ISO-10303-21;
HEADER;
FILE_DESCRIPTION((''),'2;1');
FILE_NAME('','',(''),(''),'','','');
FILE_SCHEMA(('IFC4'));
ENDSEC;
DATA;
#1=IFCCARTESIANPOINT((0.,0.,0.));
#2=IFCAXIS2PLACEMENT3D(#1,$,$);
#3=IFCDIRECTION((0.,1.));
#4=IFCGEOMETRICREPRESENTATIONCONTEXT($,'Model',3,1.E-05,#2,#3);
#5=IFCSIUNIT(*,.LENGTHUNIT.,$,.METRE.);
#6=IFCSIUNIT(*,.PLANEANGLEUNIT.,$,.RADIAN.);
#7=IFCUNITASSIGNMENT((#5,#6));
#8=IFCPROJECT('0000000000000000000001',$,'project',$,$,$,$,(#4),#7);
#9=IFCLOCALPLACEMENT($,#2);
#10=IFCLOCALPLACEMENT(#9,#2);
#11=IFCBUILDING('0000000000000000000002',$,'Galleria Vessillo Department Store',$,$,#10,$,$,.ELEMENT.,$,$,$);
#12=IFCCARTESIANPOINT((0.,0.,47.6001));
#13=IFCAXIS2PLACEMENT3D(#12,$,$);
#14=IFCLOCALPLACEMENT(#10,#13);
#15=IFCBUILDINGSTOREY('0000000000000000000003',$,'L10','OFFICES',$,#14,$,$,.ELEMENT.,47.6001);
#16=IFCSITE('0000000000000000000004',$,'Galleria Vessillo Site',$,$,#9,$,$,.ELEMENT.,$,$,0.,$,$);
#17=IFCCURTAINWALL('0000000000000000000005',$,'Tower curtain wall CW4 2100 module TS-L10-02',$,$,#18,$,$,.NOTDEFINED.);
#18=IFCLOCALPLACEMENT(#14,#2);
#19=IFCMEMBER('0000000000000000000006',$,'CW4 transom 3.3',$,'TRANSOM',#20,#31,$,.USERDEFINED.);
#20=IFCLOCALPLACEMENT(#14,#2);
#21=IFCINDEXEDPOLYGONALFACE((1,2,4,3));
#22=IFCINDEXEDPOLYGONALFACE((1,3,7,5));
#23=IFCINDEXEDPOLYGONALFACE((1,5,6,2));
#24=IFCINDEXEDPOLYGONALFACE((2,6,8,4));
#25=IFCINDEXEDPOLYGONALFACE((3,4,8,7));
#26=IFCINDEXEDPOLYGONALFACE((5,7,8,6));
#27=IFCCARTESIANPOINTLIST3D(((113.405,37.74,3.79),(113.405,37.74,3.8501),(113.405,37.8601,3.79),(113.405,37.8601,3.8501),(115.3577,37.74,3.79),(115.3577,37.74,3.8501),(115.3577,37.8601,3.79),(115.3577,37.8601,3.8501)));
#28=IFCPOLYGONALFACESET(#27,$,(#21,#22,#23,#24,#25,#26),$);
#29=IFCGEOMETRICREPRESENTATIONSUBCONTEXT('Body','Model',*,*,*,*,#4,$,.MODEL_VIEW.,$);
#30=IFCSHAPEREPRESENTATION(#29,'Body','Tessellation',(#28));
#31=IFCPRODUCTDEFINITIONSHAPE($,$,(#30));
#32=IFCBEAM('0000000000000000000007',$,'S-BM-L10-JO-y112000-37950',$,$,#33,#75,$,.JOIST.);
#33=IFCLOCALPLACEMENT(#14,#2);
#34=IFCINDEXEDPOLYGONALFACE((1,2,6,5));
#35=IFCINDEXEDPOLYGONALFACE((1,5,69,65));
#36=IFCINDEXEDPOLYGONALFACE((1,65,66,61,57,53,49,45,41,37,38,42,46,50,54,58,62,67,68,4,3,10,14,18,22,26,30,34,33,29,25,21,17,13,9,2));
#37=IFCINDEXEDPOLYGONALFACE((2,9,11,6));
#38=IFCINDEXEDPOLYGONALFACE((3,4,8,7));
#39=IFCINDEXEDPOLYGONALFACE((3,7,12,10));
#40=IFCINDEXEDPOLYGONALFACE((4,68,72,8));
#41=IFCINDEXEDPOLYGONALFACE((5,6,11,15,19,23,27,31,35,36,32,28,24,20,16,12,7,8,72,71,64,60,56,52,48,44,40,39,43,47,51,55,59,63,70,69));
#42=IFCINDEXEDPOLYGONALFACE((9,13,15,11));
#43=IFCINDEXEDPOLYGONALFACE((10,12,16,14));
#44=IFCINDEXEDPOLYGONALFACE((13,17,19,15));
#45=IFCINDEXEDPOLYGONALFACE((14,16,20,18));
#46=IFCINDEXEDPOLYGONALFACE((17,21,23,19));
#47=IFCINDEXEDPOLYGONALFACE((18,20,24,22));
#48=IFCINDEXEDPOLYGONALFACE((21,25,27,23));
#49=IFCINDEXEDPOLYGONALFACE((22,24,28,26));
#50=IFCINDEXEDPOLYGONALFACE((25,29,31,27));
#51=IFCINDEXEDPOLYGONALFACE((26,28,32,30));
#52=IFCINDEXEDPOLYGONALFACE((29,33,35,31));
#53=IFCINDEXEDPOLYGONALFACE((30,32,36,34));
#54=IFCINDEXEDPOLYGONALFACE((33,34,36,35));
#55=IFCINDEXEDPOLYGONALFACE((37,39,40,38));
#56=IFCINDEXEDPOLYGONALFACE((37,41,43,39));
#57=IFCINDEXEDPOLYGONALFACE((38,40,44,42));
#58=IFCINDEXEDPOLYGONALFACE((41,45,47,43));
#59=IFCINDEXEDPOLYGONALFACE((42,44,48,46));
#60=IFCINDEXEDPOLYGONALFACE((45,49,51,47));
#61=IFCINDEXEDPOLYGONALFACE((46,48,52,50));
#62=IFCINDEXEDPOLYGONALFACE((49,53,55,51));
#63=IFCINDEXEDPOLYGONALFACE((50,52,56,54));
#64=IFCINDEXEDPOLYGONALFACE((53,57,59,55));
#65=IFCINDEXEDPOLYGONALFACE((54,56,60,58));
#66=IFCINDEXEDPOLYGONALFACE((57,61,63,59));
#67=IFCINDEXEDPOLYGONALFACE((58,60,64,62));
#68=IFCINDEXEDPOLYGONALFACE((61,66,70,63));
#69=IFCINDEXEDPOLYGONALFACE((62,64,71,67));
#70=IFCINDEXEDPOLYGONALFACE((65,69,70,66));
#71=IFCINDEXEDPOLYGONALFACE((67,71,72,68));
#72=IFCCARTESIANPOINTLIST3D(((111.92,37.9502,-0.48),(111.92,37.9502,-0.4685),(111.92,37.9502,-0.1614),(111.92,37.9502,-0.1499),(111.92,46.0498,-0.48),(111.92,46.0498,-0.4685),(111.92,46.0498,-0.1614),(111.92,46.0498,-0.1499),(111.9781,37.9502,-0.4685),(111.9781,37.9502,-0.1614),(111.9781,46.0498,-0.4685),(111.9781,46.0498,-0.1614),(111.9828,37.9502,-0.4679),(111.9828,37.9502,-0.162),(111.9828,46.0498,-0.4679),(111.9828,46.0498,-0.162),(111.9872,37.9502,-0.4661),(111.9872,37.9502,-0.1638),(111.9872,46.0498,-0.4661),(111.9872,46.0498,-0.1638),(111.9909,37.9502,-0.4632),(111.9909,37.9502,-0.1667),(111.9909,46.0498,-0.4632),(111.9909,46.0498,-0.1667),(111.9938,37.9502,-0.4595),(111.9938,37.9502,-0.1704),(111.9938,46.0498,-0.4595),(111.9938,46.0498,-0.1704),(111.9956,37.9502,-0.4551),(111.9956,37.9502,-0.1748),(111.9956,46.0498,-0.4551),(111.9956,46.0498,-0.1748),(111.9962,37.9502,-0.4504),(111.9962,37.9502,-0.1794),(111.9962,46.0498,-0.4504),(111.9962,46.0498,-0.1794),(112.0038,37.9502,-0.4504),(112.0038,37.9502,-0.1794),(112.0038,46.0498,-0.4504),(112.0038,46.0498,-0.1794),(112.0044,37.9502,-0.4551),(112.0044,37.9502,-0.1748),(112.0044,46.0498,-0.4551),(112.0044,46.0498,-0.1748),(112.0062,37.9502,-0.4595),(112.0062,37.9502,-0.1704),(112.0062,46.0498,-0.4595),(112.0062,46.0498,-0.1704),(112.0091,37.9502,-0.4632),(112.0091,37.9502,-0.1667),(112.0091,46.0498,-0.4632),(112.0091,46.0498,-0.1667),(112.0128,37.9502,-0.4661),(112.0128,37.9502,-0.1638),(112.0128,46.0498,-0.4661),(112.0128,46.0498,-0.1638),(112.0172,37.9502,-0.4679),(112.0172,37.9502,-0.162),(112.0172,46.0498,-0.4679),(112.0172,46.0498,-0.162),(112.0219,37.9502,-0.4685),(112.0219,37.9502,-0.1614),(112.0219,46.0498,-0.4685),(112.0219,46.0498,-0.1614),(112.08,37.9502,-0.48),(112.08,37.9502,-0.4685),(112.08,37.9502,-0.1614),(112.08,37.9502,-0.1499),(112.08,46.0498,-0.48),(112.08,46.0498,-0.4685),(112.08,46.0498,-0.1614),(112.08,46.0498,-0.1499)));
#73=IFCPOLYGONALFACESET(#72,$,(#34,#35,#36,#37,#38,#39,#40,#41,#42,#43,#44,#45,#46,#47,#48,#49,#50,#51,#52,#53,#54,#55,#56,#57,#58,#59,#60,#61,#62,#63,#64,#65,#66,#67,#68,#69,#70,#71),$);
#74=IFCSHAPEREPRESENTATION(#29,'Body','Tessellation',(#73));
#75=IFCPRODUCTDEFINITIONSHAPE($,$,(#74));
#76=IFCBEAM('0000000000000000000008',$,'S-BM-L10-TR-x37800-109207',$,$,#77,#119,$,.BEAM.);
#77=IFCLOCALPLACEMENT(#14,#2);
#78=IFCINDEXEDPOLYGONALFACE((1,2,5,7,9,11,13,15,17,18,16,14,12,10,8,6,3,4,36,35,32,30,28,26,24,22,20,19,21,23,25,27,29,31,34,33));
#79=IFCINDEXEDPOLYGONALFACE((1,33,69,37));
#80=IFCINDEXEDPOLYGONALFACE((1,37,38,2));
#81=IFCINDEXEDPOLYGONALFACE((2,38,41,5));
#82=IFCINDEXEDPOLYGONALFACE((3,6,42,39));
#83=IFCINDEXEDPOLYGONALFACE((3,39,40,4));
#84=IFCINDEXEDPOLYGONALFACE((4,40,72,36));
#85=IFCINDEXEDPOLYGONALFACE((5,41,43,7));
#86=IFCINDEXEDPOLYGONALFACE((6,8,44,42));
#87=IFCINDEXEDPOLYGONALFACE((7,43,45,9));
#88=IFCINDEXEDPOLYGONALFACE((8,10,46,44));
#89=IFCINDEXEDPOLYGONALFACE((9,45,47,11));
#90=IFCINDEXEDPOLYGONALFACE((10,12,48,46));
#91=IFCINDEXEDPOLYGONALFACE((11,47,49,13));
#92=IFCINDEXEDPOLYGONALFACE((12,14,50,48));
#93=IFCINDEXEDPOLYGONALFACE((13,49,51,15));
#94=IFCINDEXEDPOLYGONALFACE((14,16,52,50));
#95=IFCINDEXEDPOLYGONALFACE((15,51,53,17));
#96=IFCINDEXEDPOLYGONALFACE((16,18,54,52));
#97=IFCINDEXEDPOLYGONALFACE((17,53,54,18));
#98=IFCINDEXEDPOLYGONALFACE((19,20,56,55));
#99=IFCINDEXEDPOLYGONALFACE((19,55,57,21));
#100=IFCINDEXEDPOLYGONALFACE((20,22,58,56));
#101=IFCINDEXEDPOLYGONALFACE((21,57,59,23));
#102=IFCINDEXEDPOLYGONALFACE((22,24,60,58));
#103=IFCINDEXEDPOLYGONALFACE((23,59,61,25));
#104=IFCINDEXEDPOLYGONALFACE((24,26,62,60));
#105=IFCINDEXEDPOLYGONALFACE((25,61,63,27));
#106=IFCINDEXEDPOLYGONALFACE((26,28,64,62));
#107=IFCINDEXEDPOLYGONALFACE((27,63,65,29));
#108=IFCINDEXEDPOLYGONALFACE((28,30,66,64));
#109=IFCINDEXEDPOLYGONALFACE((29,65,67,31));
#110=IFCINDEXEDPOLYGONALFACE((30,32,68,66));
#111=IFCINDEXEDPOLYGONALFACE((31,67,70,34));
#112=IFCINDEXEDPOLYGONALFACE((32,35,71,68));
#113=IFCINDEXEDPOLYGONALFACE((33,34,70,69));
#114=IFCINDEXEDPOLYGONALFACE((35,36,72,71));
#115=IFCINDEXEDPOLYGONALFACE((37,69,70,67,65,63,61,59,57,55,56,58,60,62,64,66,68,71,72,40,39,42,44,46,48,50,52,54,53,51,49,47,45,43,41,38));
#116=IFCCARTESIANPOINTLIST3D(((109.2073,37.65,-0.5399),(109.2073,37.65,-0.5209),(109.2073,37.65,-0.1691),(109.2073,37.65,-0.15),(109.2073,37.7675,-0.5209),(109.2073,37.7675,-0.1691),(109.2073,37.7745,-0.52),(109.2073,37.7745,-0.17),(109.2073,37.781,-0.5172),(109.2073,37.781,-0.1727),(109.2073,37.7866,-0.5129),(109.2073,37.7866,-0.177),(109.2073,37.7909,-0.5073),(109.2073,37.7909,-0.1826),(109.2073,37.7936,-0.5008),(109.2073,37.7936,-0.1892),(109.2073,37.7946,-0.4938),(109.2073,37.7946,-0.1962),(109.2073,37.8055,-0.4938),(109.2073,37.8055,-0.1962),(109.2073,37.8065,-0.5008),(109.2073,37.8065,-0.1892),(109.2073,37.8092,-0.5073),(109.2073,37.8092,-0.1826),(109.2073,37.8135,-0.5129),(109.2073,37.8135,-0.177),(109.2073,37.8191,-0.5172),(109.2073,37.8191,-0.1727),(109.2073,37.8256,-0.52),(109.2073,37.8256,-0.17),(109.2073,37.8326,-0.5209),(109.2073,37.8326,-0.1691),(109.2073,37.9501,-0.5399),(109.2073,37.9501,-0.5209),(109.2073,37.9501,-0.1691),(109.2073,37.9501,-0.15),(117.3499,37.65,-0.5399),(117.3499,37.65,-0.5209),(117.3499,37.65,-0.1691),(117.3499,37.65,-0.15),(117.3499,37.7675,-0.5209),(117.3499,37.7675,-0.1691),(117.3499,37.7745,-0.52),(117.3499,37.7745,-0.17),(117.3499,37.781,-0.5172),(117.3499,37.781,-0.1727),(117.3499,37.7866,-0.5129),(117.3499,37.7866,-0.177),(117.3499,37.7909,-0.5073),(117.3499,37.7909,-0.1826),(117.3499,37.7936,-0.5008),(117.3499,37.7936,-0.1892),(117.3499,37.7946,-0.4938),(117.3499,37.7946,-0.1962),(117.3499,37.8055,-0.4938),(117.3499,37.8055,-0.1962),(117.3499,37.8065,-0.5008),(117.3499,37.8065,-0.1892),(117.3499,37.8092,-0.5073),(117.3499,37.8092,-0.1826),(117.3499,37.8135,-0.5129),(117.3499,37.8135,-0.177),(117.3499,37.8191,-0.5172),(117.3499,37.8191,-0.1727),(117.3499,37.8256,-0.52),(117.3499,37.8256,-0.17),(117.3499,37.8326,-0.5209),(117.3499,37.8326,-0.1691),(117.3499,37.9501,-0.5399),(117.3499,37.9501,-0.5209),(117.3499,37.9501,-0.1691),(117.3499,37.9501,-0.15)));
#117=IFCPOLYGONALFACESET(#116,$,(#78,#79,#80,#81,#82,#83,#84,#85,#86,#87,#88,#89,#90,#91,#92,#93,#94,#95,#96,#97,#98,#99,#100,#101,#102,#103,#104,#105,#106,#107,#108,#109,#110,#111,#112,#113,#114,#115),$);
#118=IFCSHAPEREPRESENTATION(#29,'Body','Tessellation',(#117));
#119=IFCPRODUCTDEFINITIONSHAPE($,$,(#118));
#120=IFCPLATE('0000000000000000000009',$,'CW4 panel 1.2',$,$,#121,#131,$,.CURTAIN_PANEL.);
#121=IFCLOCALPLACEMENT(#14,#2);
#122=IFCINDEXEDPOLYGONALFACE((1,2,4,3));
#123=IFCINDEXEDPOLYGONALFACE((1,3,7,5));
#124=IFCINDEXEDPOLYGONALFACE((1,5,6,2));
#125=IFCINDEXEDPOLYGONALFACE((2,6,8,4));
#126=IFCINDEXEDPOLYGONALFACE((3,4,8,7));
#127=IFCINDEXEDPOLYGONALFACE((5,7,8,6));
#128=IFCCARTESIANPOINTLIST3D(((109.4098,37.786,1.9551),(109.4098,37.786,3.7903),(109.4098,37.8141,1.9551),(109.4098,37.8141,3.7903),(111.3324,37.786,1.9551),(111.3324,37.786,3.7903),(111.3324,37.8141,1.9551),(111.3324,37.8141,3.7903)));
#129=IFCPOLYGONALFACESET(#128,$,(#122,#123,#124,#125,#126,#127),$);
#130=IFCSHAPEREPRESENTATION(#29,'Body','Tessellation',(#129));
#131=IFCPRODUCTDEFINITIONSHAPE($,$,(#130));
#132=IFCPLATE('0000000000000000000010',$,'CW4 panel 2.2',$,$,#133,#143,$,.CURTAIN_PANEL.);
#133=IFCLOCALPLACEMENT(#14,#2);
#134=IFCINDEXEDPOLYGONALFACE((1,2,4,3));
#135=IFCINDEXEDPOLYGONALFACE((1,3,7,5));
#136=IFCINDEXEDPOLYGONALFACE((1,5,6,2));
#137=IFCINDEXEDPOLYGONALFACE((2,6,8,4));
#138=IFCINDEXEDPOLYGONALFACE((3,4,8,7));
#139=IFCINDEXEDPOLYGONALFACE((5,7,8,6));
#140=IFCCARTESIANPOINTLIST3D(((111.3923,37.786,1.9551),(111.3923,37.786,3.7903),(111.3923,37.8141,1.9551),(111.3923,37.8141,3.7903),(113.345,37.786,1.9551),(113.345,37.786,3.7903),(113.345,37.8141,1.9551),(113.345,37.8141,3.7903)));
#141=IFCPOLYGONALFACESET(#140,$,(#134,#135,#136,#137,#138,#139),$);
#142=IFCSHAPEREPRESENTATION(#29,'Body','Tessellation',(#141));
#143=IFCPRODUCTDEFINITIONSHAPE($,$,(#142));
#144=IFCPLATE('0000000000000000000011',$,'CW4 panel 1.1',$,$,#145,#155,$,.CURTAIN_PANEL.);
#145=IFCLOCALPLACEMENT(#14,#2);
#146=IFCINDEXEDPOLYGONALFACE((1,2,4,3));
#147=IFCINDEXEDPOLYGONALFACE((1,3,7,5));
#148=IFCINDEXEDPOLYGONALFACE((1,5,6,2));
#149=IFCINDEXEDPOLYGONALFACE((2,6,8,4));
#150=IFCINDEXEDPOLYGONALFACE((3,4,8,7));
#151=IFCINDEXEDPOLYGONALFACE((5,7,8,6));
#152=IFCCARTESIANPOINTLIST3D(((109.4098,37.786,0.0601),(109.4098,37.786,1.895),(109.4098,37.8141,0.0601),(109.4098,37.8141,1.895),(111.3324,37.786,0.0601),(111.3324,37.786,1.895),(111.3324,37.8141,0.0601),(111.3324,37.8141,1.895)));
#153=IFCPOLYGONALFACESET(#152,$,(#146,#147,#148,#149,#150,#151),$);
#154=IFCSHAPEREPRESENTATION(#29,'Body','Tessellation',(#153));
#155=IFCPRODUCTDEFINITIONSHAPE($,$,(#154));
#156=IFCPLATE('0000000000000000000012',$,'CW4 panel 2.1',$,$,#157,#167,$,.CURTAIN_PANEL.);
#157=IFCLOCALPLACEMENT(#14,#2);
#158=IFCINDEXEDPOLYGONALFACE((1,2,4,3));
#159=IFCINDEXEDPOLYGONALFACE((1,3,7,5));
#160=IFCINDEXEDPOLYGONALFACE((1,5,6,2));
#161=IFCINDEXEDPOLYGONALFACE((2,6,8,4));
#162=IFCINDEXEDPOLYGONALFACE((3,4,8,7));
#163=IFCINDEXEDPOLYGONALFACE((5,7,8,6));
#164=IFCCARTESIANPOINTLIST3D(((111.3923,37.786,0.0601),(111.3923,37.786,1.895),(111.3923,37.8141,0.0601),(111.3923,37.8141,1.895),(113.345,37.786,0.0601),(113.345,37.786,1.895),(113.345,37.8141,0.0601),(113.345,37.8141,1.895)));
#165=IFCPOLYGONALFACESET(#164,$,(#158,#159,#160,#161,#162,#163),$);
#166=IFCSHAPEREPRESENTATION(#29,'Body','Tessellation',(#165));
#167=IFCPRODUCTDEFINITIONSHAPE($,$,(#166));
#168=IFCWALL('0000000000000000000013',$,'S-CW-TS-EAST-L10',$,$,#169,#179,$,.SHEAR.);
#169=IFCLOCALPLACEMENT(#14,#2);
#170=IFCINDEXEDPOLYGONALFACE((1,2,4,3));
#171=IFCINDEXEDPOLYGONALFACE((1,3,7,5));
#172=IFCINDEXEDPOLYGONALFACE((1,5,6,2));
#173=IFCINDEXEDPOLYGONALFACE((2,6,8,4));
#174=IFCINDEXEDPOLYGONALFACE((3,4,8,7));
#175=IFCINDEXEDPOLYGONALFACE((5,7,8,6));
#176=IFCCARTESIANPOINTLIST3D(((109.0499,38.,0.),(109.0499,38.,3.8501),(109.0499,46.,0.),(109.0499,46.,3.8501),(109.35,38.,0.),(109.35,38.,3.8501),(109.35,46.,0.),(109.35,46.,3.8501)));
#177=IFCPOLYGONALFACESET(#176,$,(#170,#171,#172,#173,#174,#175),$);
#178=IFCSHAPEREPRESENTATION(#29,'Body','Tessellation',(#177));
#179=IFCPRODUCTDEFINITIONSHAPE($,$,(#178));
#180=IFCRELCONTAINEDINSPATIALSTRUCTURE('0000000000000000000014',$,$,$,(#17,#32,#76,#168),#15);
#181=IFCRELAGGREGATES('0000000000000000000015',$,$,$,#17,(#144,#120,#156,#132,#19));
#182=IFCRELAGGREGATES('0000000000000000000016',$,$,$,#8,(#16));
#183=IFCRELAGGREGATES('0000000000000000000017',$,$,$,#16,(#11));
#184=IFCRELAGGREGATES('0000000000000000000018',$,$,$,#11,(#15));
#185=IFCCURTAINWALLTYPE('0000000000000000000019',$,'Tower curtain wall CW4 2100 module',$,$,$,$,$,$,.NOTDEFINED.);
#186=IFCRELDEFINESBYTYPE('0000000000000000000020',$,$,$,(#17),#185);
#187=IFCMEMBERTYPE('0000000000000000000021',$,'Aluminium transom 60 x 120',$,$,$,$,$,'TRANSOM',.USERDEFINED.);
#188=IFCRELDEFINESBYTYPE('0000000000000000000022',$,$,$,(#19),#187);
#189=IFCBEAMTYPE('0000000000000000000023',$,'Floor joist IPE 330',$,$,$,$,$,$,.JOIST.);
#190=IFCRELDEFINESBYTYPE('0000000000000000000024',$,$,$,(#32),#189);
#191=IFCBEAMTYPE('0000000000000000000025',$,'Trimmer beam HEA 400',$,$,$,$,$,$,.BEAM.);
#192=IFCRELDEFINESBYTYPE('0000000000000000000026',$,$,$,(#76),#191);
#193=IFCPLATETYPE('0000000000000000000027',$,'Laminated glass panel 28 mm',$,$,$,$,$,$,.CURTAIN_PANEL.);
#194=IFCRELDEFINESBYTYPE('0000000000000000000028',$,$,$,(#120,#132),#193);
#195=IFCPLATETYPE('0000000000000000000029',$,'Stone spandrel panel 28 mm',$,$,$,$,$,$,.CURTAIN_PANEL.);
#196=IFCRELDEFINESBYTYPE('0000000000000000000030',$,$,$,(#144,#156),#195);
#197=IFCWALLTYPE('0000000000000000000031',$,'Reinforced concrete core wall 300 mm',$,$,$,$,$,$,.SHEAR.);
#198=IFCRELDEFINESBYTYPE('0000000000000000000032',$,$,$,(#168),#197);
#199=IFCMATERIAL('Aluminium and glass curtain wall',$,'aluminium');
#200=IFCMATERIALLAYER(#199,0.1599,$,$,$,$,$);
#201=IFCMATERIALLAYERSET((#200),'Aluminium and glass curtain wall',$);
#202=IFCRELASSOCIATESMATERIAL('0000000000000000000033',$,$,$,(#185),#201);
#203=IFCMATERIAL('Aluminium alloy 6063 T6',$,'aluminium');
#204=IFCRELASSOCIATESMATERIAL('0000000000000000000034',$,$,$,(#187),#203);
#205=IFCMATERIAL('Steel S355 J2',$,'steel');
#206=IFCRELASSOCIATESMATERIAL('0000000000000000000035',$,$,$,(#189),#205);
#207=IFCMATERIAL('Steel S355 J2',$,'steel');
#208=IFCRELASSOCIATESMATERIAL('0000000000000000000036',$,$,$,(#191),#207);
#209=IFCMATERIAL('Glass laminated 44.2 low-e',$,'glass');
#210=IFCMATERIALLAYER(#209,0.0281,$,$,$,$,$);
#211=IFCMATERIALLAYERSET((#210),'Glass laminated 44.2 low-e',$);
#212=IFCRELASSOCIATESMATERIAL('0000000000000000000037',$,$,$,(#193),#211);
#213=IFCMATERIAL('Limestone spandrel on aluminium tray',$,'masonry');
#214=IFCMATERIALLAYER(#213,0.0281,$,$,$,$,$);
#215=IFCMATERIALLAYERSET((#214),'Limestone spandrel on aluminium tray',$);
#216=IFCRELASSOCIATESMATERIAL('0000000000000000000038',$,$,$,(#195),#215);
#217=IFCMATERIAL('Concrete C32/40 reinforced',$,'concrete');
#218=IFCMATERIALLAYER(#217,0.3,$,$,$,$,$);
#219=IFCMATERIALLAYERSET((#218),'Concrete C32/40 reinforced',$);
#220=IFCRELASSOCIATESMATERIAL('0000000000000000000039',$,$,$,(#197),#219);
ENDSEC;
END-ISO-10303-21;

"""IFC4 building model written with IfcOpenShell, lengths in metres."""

from ifc_helpers import new_model, si_unit, direction, frame, frame_2d, origin, origin_2d, place, context, subcontext, project, spatial, rectangle, i_section, extrude, material, layer, layer_set, material_profile, profile_set, type_object, element, aggregate, save


model = new_model("IFC4")

# Units and contexts
model_context = context("Model", 3, precision=1e-05, world=origin(), true_north=direction((0.0, 1.0)))
body_context = subcontext(model_context, "Body", "Model", "MODEL_VIEW")
ifc_project = project(units=[si_unit("LENGTHUNIT", "METRE"), si_unit("PLANEANGLEUNIT", "RADIAN")], contexts=[model_context])

# Site, building, storey
site_placement = place(None, origin())
site = spatial("IfcSite", under=ifc_project, at=site_placement, Name="Galleria Vessillo Site", CompositionType="ELEMENT", RefElevation=0.0)
building_placement = place(site_placement, origin())
building = spatial("IfcBuilding", under=site, at=building_placement, Name="Galleria Vessillo Department Store", CompositionType="ELEMENT")
storey_placement = place(building_placement, frame((0.0, 0.0, 47.6001)))
storey = spatial("IfcBuildingStorey", under=building, at=storey_placement, Name="L10", Description="OFFICES", CompositionType="ELEMENT", Elevation=47.6001)

# Curtain wall, member
ifc_material_1 = material(Name="Aluminium and glass curtain wall", Category="aluminium")
ifc_layer_1 = layer(ifc_material_1, 0.1599)
ifc_layer_set_1 = layer_set([ifc_layer_1], Name="Aluminium and glass curtain wall")
curtain_wall_type = type_object("IfcCurtainWallType", Name="Tower curtain wall CW4 2100 module", PredefinedType="NOTDEFINED", material=ifc_layer_set_1)
curtain_wall_placement = place(storey_placement, origin())
curtain_wall = element("IfcCurtainWall", 1, at=curtain_wall_placement, inside=storey, type_object=curtain_wall_type, Name="Tower curtain wall CW4 2100 module TS-L10-02", PredefinedType="NOTDEFINED")
ifc_material_2 = material(Name="Aluminium alloy 6063 T6", Category="aluminium")
ifc_material_profile_1 = material_profile(ifc_material_2, rectangle(XDim=0.1201, YDim=0.0601, at=origin_2d()), Name="AL 60x120")
ifc_profile_set_1 = profile_set([ifc_material_profile_1], Name="Aluminium alloy 6063 T6")
member_type_1 = type_object("IfcMemberType", Name="Aluminium transom 60 x 120", ElementType="TRANSOM", PredefinedType="USERDEFINED", material=ifc_profile_set_1)
member_1_placement = place(storey_placement, frame((113.405, 37.8, 3.8201), z_axis=(1.0, 0.0, 0.0), x_axis=(0.0, 1.0, 0.0)))
member_1 = element("IfcMember", 2, at=member_1_placement, type_object=member_type_1, Name="CW4 transom 3.3", ObjectType="TRANSOM", PredefinedType="USERDEFINED", context=body_context, shape_type="SweptSolid", body=[
    extrude(rectangle(XDim=0.1201, YDim=0.0601, at=origin_2d()), origin(), (0.0, 0.0, 1.0), 1.9526),
])

# Beams
ifc_material_3 = material(Name="Steel S355 J2", Category="steel")
ifc_material_profile_2 = material_profile(ifc_material_3, i_section(OverallWidth=0.1599, OverallDepth=0.3301, WebThickness=0.0076, FlangeThickness=0.0115, FilletRadius=0.0181, at=origin_2d()), Name="IPE 330")
ifc_profile_set_2 = profile_set([ifc_material_profile_2], Name="Steel S355 J2")
beam_type_1 = type_object("IfcBeamType", Name="Floor joist IPE 330", PredefinedType="JOIST", material=ifc_profile_set_2)
beam_1_placement = place(storey_placement, frame((112.0, 37.9502, -0.3149), z_axis=(0.0, 1.0, 0.0), x_axis=(-1.0, 0.0, 0.0)))
element("IfcBeam", 3, at=beam_1_placement, inside=storey, type_object=beam_type_1, Name="S-BM-L10-JO-y112000-37950", PredefinedType="JOIST", context=body_context, shape_type="SweptSolid", body=[
    extrude(i_section(OverallWidth=0.1599, OverallDepth=0.3301, WebThickness=0.0076, FlangeThickness=0.0115, FilletRadius=0.0181, at=origin_2d()), origin(), (0.0, 0.0, 1.0), 8.0996),
])
ifc_material_4 = material(Name="Steel S355 J2", Category="steel")
ifc_material_profile_3 = material_profile(ifc_material_4, i_section(OverallWidth=0.3, OverallDepth=0.3899, WebThickness=0.011, FlangeThickness=0.019, FilletRadius=0.0271, at=origin_2d()), Name="HEA 400")
ifc_profile_set_3 = profile_set([ifc_material_profile_3], Name="Steel S355 J2")
beam_type_2 = type_object("IfcBeamType", Name="Trimmer beam HEA 400", PredefinedType="BEAM", material=ifc_profile_set_3)
beam_2_placement = place(storey_placement, frame((109.2073, 37.8, -0.345), z_axis=(1.0, 0.0, 0.0), x_axis=(0.0, 1.0, 0.0)))
element("IfcBeam", 4, at=beam_2_placement, inside=storey, type_object=beam_type_2, Name="S-BM-L10-TR-x37800-109207", PredefinedType="BEAM", context=body_context, shape_type="SweptSolid", body=[
    extrude(i_section(OverallWidth=0.3, OverallDepth=0.3899, WebThickness=0.011, FlangeThickness=0.019, FilletRadius=0.0271, at=origin_2d()), origin(), (0.0, 0.0, 1.0), 8.1426),
])

# Plates
ifc_material_5 = material(Name="Glass laminated 44.2 low-e", Category="glass")
ifc_layer_2 = layer(ifc_material_5, 0.0281)
ifc_layer_set_2 = layer_set([ifc_layer_2], Name="Glass laminated 44.2 low-e")
plate_type_1 = type_object("IfcPlateType", Name="Laminated glass panel 28 mm", PredefinedType="CURTAIN_PANEL", material=ifc_layer_set_2)
plate_1_placement = place(storey_placement, frame((110.3711, 37.8, 1.9551), z_axis=(0.0, 0.0, 1.0), x_axis=(1.0, 0.0, 0.0)))
plate_1 = element("IfcPlate", 5, at=plate_1_placement, type_object=plate_type_1, Name="CW4 panel 1.2", PredefinedType="CURTAIN_PANEL", context=body_context, shape_type="SweptSolid", body=[
    extrude(rectangle(XDim=1.9226, YDim=0.0281, at=origin_2d()), origin(), (0.0, 0.0, 1.0), 1.8352),
])
plate_2_placement = place(storey_placement, frame((112.3687, 37.8, 1.9551), z_axis=(0.0, 0.0, 1.0), x_axis=(1.0, 0.0, 0.0)))
plate_2 = element("IfcPlate", 6, at=plate_2_placement, type_object=plate_type_1, Name="CW4 panel 2.2", PredefinedType="CURTAIN_PANEL", context=body_context, shape_type="SweptSolid", body=[
    extrude(rectangle(XDim=1.9526, YDim=0.0281, at=origin_2d()), origin(), (0.0, 0.0, 1.0), 1.8352),
])
ifc_material_6 = material(Name="Limestone spandrel on aluminium tray", Category="masonry")
ifc_layer_3 = layer(ifc_material_6, 0.0281)
ifc_layer_set_3 = layer_set([ifc_layer_3], Name="Limestone spandrel on aluminium tray")
plate_type_2 = type_object("IfcPlateType", Name="Stone spandrel panel 28 mm", PredefinedType="CURTAIN_PANEL", material=ifc_layer_set_3)
plate_3_placement = place(storey_placement, frame((110.3711, 37.8, 0.0601), z_axis=(0.0, 0.0, 1.0), x_axis=(1.0, 0.0, 0.0)))
plate_3 = element("IfcPlate", 7, at=plate_3_placement, type_object=plate_type_2, Name="CW4 panel 1.1", PredefinedType="CURTAIN_PANEL", context=body_context, shape_type="SweptSolid", body=[
    extrude(rectangle(XDim=1.9226, YDim=0.0281, at=origin_2d()), origin(), (0.0, 0.0, 1.0), 1.835),
])
plate_4_placement = place(storey_placement, frame((112.3687, 37.8, 0.0601), z_axis=(0.0, 0.0, 1.0), x_axis=(1.0, 0.0, 0.0)))
plate_4 = element("IfcPlate", 8, at=plate_4_placement, type_object=plate_type_2, Name="CW4 panel 2.1", PredefinedType="CURTAIN_PANEL", context=body_context, shape_type="SweptSolid", body=[
    extrude(rectangle(XDim=1.9526, YDim=0.0281, at=origin_2d()), origin(), (0.0, 0.0, 1.0), 1.835),
])
aggregate(curtain_wall, [plate_3, plate_1, plate_4, plate_2, member_1])

# Wall
ifc_material_7 = material(Name="Concrete C32/40 reinforced", Category="concrete")
ifc_layer_4 = layer(ifc_material_7, 0.3)
ifc_layer_set_4 = layer_set([ifc_layer_4], Name="Concrete C32/40 reinforced")
wall_type_1 = type_object("IfcWallType", Name="Reinforced concrete core wall 300 mm", PredefinedType="SHEAR", material=ifc_layer_set_4)
wall_1_placement = place(storey_placement, frame((109.2, 38.0, 0.0), z_axis=(0.0, 0.0, 1.0), x_axis=(0.0, 1.0, 0.0)))
element("IfcWall", 9, at=wall_1_placement, inside=storey, type_object=wall_type_1, Name="S-CW-TS-EAST-L10", PredefinedType="SHEAR", context=body_context, shape_type="SweptSolid", body=[
    extrude(rectangle(XDim=8.0, YDim=0.3, at=frame_2d((4.0, 0.0))), origin(), (0.0, 0.0, 1.0), 3.8501),
])

save(model, "model.ifc")
